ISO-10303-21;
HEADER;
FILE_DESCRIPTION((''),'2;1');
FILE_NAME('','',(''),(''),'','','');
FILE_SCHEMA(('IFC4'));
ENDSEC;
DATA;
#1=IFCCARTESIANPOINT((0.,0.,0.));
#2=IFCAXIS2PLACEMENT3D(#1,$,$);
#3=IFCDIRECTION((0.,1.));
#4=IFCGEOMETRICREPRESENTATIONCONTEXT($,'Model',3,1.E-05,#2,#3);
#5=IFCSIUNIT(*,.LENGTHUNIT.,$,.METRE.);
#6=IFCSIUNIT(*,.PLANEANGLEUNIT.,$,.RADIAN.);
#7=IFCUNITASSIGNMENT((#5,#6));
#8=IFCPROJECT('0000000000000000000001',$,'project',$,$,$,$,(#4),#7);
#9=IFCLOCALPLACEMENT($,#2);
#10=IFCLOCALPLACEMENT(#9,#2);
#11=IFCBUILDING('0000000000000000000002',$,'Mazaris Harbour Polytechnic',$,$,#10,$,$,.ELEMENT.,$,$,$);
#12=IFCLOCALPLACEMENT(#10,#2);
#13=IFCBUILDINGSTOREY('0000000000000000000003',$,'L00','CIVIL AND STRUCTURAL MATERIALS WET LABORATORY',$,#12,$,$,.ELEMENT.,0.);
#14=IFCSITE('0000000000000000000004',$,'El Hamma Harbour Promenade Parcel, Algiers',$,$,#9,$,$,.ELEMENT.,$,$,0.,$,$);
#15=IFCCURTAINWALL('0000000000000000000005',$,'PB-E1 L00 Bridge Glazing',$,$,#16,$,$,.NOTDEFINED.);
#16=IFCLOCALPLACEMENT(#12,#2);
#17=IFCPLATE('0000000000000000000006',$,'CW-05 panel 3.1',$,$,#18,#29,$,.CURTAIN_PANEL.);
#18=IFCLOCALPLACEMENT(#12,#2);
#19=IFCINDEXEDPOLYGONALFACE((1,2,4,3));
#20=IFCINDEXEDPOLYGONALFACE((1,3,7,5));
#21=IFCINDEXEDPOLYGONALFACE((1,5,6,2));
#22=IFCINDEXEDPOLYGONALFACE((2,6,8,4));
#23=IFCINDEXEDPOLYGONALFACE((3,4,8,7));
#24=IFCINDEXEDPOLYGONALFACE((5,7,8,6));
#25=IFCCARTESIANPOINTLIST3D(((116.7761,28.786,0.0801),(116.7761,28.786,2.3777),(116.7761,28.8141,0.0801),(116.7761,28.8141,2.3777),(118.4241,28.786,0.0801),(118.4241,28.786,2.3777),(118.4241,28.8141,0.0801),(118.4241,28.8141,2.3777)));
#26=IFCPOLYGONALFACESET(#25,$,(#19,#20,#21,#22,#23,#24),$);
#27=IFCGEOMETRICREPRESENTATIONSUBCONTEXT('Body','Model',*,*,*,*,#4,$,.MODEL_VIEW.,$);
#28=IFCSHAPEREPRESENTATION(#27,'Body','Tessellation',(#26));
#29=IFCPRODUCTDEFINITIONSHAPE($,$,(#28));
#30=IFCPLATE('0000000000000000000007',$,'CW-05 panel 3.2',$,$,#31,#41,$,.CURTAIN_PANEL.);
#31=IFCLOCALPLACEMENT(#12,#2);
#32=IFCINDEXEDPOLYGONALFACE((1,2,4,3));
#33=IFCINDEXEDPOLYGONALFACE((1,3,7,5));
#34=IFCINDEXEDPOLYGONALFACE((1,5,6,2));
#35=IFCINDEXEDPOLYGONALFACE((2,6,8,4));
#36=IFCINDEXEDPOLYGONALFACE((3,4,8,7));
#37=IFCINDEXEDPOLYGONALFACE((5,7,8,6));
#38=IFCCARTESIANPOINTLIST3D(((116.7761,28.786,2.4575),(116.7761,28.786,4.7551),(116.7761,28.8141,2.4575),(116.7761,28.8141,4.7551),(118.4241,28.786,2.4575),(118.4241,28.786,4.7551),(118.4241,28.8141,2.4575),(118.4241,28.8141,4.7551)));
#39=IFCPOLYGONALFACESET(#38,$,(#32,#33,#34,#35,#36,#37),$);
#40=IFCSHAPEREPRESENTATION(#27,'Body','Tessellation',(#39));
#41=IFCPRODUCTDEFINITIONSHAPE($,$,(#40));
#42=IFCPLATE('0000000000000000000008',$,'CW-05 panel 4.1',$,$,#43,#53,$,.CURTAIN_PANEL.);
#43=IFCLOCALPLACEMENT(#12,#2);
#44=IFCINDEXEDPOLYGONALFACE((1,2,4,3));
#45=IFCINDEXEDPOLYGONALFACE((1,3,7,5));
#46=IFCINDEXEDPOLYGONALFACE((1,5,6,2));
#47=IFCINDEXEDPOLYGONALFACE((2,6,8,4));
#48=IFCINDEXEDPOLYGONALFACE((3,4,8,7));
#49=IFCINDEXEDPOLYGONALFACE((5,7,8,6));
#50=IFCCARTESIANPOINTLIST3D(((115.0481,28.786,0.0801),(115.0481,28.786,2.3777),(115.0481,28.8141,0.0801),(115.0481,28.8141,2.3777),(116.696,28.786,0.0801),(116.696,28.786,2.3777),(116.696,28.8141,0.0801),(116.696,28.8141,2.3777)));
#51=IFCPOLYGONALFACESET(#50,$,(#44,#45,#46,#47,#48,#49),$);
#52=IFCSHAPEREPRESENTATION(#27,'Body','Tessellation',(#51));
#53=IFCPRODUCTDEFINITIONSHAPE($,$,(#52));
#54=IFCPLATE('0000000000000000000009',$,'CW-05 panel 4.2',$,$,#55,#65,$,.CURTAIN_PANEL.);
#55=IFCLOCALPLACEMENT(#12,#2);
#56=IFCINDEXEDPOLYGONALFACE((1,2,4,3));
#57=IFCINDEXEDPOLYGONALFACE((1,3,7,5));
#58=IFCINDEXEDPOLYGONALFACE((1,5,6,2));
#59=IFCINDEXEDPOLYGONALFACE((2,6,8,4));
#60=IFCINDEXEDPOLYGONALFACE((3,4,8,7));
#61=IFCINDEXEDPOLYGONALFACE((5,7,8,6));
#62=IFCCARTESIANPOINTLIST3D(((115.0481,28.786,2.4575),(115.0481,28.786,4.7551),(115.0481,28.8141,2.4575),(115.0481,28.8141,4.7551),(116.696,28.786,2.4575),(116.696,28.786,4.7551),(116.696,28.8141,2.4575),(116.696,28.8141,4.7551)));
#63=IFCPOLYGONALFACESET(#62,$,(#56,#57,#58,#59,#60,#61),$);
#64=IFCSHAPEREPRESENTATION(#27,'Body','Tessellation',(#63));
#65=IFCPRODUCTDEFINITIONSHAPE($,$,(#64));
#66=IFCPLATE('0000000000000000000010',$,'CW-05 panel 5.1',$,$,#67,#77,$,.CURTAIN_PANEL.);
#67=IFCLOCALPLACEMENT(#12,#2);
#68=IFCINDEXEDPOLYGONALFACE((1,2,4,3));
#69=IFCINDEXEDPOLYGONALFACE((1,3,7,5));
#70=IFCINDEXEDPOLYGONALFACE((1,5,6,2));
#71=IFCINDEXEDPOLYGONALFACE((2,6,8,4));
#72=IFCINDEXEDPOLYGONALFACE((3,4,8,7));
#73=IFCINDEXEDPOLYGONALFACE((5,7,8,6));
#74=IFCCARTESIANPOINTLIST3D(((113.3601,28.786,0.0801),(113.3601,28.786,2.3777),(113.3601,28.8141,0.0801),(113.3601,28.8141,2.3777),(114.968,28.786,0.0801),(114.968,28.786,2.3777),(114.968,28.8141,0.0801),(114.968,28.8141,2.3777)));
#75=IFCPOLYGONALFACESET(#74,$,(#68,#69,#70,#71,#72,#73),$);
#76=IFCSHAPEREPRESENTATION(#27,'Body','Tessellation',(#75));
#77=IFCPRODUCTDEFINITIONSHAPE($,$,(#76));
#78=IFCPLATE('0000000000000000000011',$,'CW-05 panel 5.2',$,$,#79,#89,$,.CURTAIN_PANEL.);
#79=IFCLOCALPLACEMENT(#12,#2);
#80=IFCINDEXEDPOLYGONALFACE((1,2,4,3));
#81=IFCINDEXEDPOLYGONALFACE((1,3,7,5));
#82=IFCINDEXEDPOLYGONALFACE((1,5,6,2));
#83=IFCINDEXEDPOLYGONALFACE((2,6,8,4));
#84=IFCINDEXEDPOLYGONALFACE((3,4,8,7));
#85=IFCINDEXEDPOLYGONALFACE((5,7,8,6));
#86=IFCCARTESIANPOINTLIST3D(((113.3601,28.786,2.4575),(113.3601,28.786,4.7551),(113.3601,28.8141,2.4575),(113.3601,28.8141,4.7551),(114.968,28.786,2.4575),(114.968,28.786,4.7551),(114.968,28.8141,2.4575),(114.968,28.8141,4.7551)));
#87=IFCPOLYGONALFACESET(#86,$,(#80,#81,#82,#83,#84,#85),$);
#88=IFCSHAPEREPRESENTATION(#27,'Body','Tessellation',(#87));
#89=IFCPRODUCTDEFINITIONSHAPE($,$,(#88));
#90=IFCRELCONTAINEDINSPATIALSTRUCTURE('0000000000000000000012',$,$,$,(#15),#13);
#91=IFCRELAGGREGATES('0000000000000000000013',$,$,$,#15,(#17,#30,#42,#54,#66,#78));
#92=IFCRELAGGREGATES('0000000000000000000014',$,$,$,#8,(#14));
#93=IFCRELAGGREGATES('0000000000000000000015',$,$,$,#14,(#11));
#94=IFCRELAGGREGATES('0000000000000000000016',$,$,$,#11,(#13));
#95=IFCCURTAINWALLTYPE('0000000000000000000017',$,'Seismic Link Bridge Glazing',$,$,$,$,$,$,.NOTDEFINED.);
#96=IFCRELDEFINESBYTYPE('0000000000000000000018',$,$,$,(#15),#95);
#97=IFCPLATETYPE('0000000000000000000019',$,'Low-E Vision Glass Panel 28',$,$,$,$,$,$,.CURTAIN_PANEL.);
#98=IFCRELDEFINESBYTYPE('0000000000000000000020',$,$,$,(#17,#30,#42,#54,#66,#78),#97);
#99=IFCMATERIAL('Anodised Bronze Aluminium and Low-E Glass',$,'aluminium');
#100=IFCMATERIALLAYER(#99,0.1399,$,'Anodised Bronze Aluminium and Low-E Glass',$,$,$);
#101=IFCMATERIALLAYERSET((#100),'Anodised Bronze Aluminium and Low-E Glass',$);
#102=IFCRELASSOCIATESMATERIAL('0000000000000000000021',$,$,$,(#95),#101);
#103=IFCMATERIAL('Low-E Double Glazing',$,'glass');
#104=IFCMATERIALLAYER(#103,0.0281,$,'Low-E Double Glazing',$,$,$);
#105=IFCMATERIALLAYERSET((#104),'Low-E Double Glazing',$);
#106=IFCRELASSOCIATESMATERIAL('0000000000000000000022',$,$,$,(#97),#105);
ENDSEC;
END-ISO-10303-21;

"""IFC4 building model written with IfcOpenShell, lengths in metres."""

from ifc_helpers import new_model, si_unit, direction, frame, origin, origin_2d, place, context, subcontext, project, spatial, rectangle, extrude, material, layer, layer_set, type_object, element, aggregate, save


model = new_model("IFC4")

# Units and contexts
model_context = context("Model", 3, precision=1e-05, world=origin(), true_north=direction((0.0, 1.0)))
body_context = subcontext(model_context, "Body", "Model", "MODEL_VIEW")
ifc_project = project(units=[si_unit("LENGTHUNIT", "METRE"), si_unit("PLANEANGLEUNIT", "RADIAN")], contexts=[model_context])

# Site, building, storey
site_placement = place(None, origin())
site = spatial("IfcSite", under=ifc_project, at=site_placement, Name="El Hamma Harbour Promenade Parcel, Algiers", CompositionType="ELEMENT", RefElevation=0.0)
building_placement = place(site_placement, origin())
building = spatial("IfcBuilding", under=site, at=building_placement, Name="Mazaris Harbour Polytechnic", CompositionType="ELEMENT")
storey_placement = place(building_placement, origin())
storey = spatial("IfcBuildingStorey", under=building, at=storey_placement, Name="L00", Description="CIVIL AND STRUCTURAL MATERIALS WET LABORATORY", CompositionType="ELEMENT", Elevation=0.0)

# Shared definitions
ifc_material_1 = material(Name="Anodised Bronze Aluminium and Low-E Glass", Category="aluminium")
ifc_layer_1 = layer(ifc_material_1, 0.1399, Name="Anodised Bronze Aluminium and Low-E Glass")
ifc_layer_set_1 = layer_set([ifc_layer_1], Name="Anodised Bronze Aluminium and Low-E Glass")
curtain_wall_type = type_object("IfcCurtainWallType", Name="Seismic Link Bridge Glazing", PredefinedType="NOTDEFINED", material=ifc_layer_set_1)

# Curtain wall
curtain_wall_1_placement = place(storey_placement, origin())
curtain_wall_1 = element("IfcCurtainWall", 1, at=curtain_wall_1_placement, inside=storey, type_object=curtain_wall_type, Name="PB-E1 L00 Bridge Glazing", PredefinedType="NOTDEFINED")

# Plates
ifc_material_2 = material(Name="Low-E Double Glazing", Category="glass")
ifc_layer_2 = layer(ifc_material_2, 0.0281, Name="Low-E Double Glazing")
ifc_layer_set_2 = layer_set([ifc_layer_2], Name="Low-E Double Glazing")
plate_type_1 = type_object("IfcPlateType", Name="Low-E Vision Glass Panel 28", PredefinedType="CURTAIN_PANEL", material=ifc_layer_set_2)
plate_1_placement = place(storey_placement, frame((117.6001, 28.8, 0.0801), z_axis=(0.0, 0.0, 1.0), x_axis=(-1.0, 0.0, 0.0)))
plate_1 = element("IfcPlate", 2, at=plate_1_placement, type_object=plate_type_1, Name="CW-05 panel 3.1", PredefinedType="CURTAIN_PANEL", context=body_context, shape_type="SweptSolid", body=[
    extrude(rectangle(XDim=1.6479, YDim=0.0281, at=origin_2d()), origin(), (0.0, 0.0, 1.0), 2.2976),
])
plate_2_placement = place(storey_placement, frame((117.6001, 28.8, 2.4575), z_axis=(0.0, 0.0, 1.0), x_axis=(-1.0, 0.0, 0.0)))
plate_2 = element("IfcPlate", 3, at=plate_2_placement, type_object=plate_type_1, Name="CW-05 panel 3.2", PredefinedType="CURTAIN_PANEL", context=body_context, shape_type="SweptSolid", body=[
    extrude(rectangle(XDim=1.6479, YDim=0.0281, at=origin_2d()), origin(), (0.0, 0.0, 1.0), 2.2976),
])
plate_3_placement = place(storey_placement, frame((115.8721, 28.8, 0.0801), z_axis=(0.0, 0.0, 1.0), x_axis=(-1.0, 0.0, 0.0)))
plate_3 = element("IfcPlate", 4, at=plate_3_placement, type_object=plate_type_1, Name="CW-05 panel 4.1", PredefinedType="CURTAIN_PANEL", context=body_context, shape_type="SweptSolid", body=[
    extrude(rectangle(XDim=1.6479, YDim=0.0281, at=origin_2d()), origin(), (0.0, 0.0, 1.0), 2.2976),
])
plate_4_placement = place(storey_placement, frame((115.8721, 28.8, 2.4575), z_axis=(0.0, 0.0, 1.0), x_axis=(-1.0, 0.0, 0.0)))
plate_4 = element("IfcPlate", 5, at=plate_4_placement, type_object=plate_type_1, Name="CW-05 panel 4.2", PredefinedType="CURTAIN_PANEL", context=body_context, shape_type="SweptSolid", body=[
    extrude(rectangle(XDim=1.6479, YDim=0.0281, at=origin_2d()), origin(), (0.0, 0.0, 1.0), 2.2976),
])
plate_5_placement = place(storey_placement, frame((114.1641, 28.8, 0.0801), z_axis=(0.0, 0.0, 1.0), x_axis=(-1.0, 0.0, 0.0)))
plate_5 = element("IfcPlate", 6, at=plate_5_placement, type_object=plate_type_1, Name="CW-05 panel 5.1", PredefinedType="CURTAIN_PANEL", context=body_context, shape_type="SweptSolid", body=[
    extrude(rectangle(XDim=1.6079, YDim=0.0281, at=origin_2d()), origin(), (0.0, 0.0, 1.0), 2.2976),
])
plate_6_placement = place(storey_placement, frame((114.1641, 28.8, 2.4575), z_axis=(0.0, 0.0, 1.0), x_axis=(-1.0, 0.0, 0.0)))
plate_6 = element("IfcPlate", 7, at=plate_6_placement, type_object=plate_type_1, Name="CW-05 panel 5.2", PredefinedType="CURTAIN_PANEL", context=body_context, shape_type="SweptSolid", body=[
    extrude(rectangle(XDim=1.6079, YDim=0.0281, at=origin_2d()), origin(), (0.0, 0.0, 1.0), 2.2976),
])
aggregate(curtain_wall_1, [plate_1, plate_2, plate_3, plate_4, plate_5, plate_6])

save(model, "model.ifc")
